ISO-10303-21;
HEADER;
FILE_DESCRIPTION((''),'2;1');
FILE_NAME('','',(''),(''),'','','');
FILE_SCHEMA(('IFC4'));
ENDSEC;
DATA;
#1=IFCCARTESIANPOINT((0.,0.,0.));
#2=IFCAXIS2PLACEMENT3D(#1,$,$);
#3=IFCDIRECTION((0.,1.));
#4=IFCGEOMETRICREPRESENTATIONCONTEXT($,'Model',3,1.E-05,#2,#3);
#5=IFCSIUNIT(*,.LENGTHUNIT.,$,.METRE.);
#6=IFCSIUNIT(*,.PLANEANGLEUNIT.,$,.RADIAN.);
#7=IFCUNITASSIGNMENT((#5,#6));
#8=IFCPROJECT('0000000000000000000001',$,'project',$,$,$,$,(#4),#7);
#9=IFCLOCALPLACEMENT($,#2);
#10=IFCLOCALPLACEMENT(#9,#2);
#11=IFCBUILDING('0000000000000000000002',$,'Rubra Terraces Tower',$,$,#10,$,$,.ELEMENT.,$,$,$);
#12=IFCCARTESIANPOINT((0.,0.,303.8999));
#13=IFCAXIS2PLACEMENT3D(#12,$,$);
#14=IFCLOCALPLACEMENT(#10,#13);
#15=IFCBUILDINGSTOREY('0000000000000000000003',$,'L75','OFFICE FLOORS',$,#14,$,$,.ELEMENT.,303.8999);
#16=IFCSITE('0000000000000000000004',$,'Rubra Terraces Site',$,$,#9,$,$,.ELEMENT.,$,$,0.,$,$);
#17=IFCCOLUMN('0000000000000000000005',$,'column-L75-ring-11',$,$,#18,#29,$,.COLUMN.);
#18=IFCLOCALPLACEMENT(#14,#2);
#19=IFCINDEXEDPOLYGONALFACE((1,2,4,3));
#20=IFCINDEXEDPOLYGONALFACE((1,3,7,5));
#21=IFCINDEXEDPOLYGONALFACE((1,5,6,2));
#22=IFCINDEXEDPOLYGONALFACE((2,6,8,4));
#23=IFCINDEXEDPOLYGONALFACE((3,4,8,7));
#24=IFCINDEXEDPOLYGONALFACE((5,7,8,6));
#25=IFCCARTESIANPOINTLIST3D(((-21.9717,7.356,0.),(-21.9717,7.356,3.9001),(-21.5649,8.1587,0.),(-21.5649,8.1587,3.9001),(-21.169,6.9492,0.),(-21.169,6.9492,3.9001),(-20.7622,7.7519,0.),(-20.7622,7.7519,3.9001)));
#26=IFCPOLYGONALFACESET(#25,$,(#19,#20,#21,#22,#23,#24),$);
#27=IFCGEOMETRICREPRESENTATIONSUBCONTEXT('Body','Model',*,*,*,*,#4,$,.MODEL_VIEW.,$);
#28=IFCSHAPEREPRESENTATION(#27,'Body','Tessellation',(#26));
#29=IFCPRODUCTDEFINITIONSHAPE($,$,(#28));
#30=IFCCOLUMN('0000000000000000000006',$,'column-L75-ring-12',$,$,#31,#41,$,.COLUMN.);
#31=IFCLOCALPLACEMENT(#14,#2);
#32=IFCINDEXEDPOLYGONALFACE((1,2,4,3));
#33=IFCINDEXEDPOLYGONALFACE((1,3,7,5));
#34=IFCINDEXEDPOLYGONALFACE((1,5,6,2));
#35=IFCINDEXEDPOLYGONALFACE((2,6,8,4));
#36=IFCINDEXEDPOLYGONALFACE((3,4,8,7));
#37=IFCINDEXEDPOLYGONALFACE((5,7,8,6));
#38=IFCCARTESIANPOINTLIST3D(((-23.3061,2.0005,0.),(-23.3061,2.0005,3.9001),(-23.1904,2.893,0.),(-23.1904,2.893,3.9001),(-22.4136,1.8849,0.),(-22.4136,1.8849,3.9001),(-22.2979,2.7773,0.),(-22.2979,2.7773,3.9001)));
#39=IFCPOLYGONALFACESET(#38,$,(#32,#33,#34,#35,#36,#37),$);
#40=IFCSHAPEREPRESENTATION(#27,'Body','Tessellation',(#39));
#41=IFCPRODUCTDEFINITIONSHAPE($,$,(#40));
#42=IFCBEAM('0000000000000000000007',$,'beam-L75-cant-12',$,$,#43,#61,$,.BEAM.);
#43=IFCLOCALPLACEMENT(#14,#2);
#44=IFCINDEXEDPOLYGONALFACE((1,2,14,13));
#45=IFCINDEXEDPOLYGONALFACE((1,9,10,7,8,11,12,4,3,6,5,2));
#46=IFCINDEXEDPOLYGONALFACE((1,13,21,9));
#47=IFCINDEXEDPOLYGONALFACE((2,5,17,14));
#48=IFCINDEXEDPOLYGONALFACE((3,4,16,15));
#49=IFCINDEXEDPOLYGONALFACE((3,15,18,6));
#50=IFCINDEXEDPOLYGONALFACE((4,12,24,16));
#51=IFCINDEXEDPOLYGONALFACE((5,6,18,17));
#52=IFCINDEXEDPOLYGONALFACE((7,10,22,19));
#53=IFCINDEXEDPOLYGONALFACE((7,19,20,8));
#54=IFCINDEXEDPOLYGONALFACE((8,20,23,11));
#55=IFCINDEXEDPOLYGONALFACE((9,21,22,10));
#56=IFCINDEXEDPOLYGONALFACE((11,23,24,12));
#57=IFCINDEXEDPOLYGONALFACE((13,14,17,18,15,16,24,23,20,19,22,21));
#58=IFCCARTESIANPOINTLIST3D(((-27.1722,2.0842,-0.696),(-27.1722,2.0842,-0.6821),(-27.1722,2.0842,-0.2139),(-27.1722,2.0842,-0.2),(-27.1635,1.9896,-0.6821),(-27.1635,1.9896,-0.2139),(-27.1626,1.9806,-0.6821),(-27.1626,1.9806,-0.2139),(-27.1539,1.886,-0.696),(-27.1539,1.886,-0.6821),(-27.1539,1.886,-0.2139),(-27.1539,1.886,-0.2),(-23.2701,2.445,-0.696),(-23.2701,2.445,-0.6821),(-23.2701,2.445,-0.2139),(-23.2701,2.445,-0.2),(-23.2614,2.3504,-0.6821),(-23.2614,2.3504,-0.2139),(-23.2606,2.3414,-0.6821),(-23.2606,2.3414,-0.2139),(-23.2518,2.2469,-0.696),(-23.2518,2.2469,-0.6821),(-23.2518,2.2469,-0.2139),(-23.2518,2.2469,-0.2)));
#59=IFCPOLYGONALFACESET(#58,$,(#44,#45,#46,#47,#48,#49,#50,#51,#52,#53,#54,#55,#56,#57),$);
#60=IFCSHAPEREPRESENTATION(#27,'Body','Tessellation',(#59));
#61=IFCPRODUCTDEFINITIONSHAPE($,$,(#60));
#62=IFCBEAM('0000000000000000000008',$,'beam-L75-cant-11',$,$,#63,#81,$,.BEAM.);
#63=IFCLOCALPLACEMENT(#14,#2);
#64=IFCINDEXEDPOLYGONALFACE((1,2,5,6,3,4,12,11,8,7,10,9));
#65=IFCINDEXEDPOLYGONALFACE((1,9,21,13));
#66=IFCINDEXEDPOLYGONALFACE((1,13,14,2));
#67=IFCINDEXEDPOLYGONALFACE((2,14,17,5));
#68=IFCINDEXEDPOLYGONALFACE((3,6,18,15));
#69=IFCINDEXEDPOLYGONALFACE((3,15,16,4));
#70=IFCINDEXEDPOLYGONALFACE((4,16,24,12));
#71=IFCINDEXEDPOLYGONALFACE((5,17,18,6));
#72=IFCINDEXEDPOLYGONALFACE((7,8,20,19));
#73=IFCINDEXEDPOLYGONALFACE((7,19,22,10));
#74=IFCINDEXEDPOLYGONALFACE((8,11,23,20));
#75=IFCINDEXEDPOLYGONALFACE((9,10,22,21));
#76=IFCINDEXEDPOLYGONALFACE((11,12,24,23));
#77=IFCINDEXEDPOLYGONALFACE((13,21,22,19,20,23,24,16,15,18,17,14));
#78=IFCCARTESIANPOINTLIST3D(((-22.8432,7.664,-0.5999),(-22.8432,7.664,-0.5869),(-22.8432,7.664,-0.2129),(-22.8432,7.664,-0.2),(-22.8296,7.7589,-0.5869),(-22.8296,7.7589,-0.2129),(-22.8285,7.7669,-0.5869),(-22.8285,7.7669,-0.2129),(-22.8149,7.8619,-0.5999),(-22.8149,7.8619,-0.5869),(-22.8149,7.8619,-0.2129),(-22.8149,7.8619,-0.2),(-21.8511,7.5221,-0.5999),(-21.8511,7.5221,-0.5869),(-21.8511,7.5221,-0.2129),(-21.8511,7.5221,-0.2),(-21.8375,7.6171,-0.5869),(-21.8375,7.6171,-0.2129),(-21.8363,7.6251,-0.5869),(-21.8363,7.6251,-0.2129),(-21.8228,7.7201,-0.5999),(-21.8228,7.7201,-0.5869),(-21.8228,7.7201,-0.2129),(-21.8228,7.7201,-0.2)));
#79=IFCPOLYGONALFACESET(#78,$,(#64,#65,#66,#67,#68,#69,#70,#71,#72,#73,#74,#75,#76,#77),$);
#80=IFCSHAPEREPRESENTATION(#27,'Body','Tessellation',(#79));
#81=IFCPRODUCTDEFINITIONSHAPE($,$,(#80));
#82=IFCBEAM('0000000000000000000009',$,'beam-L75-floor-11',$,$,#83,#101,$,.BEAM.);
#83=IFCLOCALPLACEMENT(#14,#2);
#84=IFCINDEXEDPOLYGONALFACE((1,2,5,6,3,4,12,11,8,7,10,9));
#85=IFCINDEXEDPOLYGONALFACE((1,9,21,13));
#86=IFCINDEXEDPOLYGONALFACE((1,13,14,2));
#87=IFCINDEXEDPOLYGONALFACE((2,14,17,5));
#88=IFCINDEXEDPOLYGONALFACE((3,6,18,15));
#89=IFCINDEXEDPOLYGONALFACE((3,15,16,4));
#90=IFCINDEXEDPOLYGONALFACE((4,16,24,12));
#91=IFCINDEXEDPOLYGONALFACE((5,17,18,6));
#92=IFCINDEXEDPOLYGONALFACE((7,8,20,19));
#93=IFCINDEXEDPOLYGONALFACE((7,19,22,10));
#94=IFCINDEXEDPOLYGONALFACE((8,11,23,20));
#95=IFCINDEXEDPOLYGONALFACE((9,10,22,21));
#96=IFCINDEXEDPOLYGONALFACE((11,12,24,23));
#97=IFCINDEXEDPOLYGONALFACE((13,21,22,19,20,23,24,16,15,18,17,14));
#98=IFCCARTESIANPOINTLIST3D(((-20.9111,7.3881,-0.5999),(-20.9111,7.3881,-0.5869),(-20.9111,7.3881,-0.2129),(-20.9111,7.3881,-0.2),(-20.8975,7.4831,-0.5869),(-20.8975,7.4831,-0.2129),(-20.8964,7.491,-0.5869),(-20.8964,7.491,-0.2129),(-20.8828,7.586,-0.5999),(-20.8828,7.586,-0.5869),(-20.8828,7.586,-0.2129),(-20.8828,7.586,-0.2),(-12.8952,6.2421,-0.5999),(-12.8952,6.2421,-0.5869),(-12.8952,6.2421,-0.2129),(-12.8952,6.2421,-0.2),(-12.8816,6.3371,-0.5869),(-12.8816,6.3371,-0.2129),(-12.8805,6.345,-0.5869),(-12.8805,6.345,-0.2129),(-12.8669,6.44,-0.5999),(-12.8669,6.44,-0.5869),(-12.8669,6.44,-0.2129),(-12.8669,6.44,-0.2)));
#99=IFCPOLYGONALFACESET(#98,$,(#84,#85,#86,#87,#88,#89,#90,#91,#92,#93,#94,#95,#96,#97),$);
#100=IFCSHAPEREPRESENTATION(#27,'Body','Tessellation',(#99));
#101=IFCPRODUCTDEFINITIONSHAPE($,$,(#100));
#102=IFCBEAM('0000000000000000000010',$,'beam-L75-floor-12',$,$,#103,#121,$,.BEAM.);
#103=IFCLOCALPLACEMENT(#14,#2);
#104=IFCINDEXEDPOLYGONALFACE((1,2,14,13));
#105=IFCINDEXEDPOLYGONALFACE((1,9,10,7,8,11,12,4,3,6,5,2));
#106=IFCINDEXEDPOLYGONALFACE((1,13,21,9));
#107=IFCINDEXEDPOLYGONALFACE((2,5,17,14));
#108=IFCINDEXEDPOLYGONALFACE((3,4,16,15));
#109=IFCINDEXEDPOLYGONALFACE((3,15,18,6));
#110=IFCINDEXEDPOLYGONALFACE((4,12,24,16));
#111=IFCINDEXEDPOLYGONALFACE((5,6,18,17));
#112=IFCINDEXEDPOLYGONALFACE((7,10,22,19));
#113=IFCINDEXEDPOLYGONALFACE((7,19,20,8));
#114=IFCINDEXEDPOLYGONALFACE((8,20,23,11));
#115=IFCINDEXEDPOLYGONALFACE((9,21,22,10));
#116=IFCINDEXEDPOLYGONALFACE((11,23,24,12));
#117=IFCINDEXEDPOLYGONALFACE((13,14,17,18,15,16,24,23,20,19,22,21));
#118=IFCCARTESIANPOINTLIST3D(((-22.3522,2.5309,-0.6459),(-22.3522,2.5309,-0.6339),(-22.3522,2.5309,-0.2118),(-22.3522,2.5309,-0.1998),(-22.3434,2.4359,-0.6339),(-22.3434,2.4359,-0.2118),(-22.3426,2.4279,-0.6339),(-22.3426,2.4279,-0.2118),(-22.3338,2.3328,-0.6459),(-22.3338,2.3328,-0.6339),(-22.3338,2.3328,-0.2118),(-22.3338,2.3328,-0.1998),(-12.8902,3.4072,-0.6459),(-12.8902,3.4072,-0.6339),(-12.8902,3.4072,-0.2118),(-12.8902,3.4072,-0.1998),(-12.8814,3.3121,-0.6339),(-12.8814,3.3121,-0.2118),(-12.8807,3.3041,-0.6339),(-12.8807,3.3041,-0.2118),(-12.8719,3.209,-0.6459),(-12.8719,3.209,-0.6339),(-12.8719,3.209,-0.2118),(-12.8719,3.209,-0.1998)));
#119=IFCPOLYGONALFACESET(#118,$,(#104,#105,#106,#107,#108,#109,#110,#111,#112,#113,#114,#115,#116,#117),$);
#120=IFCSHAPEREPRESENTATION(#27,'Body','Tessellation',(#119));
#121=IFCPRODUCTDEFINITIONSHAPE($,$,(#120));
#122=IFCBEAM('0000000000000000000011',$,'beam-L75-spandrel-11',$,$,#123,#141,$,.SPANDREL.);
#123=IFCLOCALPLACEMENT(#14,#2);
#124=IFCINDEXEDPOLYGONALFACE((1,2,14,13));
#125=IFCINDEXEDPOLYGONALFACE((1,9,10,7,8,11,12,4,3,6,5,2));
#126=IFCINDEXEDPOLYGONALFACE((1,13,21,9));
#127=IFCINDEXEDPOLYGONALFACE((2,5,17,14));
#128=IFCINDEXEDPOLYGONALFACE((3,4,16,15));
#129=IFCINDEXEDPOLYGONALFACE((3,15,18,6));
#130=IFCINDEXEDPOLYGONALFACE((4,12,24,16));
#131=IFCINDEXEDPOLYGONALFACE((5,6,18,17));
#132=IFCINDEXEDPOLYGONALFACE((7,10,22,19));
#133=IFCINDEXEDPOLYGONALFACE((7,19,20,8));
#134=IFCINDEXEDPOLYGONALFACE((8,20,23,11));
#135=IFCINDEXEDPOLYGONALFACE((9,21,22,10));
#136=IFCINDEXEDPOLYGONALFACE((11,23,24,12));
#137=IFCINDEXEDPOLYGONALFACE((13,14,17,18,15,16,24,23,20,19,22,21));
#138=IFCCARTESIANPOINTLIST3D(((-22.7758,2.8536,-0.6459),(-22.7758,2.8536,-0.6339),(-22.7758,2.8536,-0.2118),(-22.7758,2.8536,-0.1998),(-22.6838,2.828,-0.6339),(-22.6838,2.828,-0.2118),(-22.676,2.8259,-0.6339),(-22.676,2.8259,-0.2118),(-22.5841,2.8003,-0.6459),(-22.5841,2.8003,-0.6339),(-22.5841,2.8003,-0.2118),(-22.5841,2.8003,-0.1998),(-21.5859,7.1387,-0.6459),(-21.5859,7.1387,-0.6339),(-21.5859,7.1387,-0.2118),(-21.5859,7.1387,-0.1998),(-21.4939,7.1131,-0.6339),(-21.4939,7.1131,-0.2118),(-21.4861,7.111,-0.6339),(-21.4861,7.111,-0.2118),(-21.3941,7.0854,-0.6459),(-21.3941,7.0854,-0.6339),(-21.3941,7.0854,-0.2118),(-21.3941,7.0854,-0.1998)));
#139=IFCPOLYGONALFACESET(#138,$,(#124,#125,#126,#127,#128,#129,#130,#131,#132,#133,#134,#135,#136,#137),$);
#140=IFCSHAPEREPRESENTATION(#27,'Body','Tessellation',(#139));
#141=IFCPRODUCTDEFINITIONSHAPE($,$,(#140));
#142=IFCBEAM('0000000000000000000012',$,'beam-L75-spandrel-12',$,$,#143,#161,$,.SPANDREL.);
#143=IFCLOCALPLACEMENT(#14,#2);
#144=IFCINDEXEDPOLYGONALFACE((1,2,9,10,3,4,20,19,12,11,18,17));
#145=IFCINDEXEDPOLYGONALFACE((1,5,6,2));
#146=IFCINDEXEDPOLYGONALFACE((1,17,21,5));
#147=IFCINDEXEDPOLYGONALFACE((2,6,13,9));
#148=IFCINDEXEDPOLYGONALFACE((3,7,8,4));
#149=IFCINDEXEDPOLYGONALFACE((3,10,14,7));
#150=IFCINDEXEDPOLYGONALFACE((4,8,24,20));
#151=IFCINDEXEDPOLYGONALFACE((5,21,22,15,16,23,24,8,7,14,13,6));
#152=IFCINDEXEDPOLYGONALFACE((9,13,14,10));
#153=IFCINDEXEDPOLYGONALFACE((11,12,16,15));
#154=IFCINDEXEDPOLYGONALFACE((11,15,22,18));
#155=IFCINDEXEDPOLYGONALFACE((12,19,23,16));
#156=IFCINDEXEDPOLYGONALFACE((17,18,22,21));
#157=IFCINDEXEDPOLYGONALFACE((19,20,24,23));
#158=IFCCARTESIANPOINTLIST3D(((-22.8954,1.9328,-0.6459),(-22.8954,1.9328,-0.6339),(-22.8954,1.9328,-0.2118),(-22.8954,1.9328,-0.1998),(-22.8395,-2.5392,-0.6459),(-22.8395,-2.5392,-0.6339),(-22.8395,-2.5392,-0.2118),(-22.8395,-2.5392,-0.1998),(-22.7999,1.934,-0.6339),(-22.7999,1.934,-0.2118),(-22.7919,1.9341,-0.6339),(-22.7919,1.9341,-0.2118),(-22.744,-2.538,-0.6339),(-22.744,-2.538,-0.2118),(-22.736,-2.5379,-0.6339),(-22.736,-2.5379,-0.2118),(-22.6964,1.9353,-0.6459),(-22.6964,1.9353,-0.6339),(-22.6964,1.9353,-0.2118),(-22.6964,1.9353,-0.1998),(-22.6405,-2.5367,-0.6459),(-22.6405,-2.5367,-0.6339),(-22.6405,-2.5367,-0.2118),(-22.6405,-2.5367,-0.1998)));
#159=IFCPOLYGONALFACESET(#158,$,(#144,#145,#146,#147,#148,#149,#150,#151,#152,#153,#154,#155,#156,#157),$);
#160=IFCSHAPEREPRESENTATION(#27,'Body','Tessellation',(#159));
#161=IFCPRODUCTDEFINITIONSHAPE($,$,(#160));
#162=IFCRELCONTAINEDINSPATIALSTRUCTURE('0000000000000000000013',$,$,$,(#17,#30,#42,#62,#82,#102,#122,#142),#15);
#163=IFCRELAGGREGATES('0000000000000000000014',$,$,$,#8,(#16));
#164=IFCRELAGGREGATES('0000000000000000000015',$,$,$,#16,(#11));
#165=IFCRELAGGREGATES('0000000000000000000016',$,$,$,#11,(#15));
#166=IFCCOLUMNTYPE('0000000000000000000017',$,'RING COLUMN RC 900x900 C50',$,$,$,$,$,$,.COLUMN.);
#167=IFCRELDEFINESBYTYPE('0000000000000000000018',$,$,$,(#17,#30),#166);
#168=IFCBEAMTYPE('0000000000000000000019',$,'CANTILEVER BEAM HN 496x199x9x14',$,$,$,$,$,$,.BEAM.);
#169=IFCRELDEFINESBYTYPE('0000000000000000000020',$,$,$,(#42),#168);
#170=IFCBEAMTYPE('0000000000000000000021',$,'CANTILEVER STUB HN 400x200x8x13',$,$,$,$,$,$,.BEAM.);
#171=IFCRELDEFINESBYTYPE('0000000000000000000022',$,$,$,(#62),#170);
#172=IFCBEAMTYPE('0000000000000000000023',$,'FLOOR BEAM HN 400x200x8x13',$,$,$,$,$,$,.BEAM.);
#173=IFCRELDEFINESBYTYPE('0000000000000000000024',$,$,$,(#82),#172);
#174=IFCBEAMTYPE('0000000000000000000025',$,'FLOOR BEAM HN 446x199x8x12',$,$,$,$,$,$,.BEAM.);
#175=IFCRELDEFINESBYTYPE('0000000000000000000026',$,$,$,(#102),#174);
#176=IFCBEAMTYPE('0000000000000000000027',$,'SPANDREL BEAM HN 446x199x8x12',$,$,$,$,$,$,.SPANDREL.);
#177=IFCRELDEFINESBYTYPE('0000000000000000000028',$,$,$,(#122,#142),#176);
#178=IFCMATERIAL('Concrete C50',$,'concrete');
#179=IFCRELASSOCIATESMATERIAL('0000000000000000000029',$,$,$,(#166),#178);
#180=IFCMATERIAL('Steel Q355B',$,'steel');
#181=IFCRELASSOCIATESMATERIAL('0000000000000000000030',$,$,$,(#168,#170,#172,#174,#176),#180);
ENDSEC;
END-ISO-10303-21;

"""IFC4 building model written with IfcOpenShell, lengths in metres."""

from ifc_helpers import new_model, si_unit, direction, frame, origin, origin_2d, place, context, subcontext, project, spatial, rectangle, i_section, extrude, material, material_profile, profile_set, type_object, element, save


model = new_model("IFC4")

# Units and contexts
model_context = context("Model", 3, precision=1e-05, world=origin(), true_north=direction((0.0, 1.0)))
body_context = subcontext(model_context, "Body", "Model", "MODEL_VIEW")
ifc_project = project(units=[si_unit("LENGTHUNIT", "METRE"), si_unit("PLANEANGLEUNIT", "RADIAN")], contexts=[model_context])

# Site, building, storey
site_placement = place(None, origin())
site = spatial("IfcSite", under=ifc_project, at=site_placement, Name="Rubra Terraces Site", CompositionType="ELEMENT", RefElevation=0.0)
building_placement = place(site_placement, origin())
building = spatial("IfcBuilding", under=site, at=building_placement, Name="Rubra Terraces Tower", CompositionType="ELEMENT")
storey_placement = place(building_placement, frame((0.0, 0.0, 303.8999)))
storey = spatial("IfcBuildingStorey", under=building, at=storey_placement, Name="L75", Description="OFFICE FLOORS", CompositionType="ELEMENT", Elevation=303.8999)

# Columns
ifc_material_1 = material(Name="Concrete C50", Category="concrete")
ifc_material_profile_1 = material_profile(ifc_material_1, rectangle(XDim=0.8999, YDim=0.8999, at=origin_2d()), Name="RC 900x900")
ifc_profile_set_1 = profile_set([ifc_material_profile_1], Name="Concrete C50")
column_type = type_object("IfcColumnType", Name="RING COLUMN RC 900x900 C50", PredefinedType="COLUMN", material=ifc_profile_set_1)
for number, where, z_axis, x_axis, name in (
    (1, (-21.3669, 7.554, 0.0), (0.0, 0.0, 1.0), (-0.452079, -0.891978, 0.0), "column-L75-ring-11"),
    (2, (-22.802, 2.3889, 0.0), (0.0, 0.0, 1.0), (-0.128535, -0.991705, 0.0), "column-L75-ring-12"),
):
    element("IfcColumn", number, at=place(storey_placement, frame(where, z_axis=z_axis, x_axis=x_axis)), inside=storey, type_object=column_type, Name=name, PredefinedType="COLUMN", context=body_context, shape_type="SweptSolid", body=[
        extrude(rectangle(XDim=0.8999, YDim=0.8999, at=origin_2d()), origin(), (0.0, 0.0, 1.0), 3.9001),
    ])

# Beams
ifc_material_2 = material(Name="Steel Q355B", Category="steel")
ifc_material_profile_2 = material_profile(ifc_material_2, i_section(OverallWidth=0.199, OverallDepth=0.4961, WebThickness=0.009, FlangeThickness=0.0139, at=origin_2d()), Name="HN 496x199x9x14")
ifc_profile_set_2 = profile_set([ifc_material_profile_2], Name="Steel Q355B")
beam_type_1 = type_object("IfcBeamType", Name="CANTILEVER BEAM HN 496x199x9x14", PredefinedType="BEAM", material=ifc_profile_set_2)
beam_1_placement = place(storey_placement, frame((-23.261, 2.3459, -0.448), z_axis=(-0.995752, -0.09208, 0.0), x_axis=(0.09208, -0.995752, 0.0)))
element("IfcBeam", 3, at=beam_1_placement, inside=storey, type_object=beam_type_1, Name="beam-L75-cant-12", PredefinedType="BEAM", context=body_context, shape_type="SweptSolid", body=[
    extrude(i_section(OverallWidth=0.199, OverallDepth=0.4961, WebThickness=0.009, FlangeThickness=0.0139, at=origin_2d()), origin(), (0.0, 0.0, 1.0), 3.9187),
])
ifc_material_profile_3 = material_profile(ifc_material_2, i_section(OverallWidth=0.2, OverallDepth=0.3999, WebThickness=0.0081, FlangeThickness=0.0129, at=origin_2d()), Name="HN 400x200x8x13")
ifc_profile_set_3 = profile_set([ifc_material_profile_3], Name="Steel Q355B")
beam_type_2 = type_object("IfcBeamType", Name="CANTILEVER STUB HN 400x200x8x13", PredefinedType="BEAM", material=ifc_profile_set_3)
beam_2_placement = place(storey_placement, frame((-21.8369, 7.6211, -0.3999), z_axis=(-0.989935, 0.141524, 0.0), x_axis=(-0.141524, -0.989935, 0.0)))
element("IfcBeam", 4, at=beam_2_placement, inside=storey, type_object=beam_type_2, Name="beam-L75-cant-11", PredefinedType="BEAM", context=body_context, shape_type="SweptSolid", body=[
    extrude(i_section(OverallWidth=0.2, OverallDepth=0.3999, WebThickness=0.0081, FlangeThickness=0.0129, at=origin_2d()), origin(), (0.0, 0.0, 1.0), 1.0022),
])
ifc_material_profile_4 = material_profile(ifc_material_2, i_section(OverallWidth=0.2, OverallDepth=0.3999, WebThickness=0.0081, FlangeThickness=0.0129, at=origin_2d()), Name="HN 400x200x8x13")
ifc_profile_set_4 = profile_set([ifc_material_profile_4], Name="Steel Q355B")
beam_type_3 = type_object("IfcBeamType", Name="FLOOR BEAM HN 400x200x8x13", PredefinedType="BEAM", material=ifc_profile_set_4)
beam_3_placement = place(storey_placement, frame((-20.897, 7.4871, -0.3999), z_axis=(0.989934, -0.141527, 0.0), x_axis=(0.141527, 0.989934, 0.0)))
element("IfcBeam", 5, at=beam_3_placement, inside=storey, type_object=beam_type_3, Name="beam-L75-floor-11", PredefinedType="BEAM", context=body_context, shape_type="SweptSolid", body=[
    extrude(i_section(OverallWidth=0.2, OverallDepth=0.3999, WebThickness=0.0081, FlangeThickness=0.0129, at=origin_2d()), origin(), (0.0, 0.0, 1.0), 8.0974),
])
ifc_material_profile_5 = material_profile(ifc_material_2, i_section(OverallWidth=0.199, OverallDepth=0.446, WebThickness=0.0081, FlangeThickness=0.012, at=origin_2d()), Name="HN 446x199x8x12")
ifc_profile_set_5 = profile_set([ifc_material_profile_5], Name="Steel Q355B")
beam_type_4 = type_object("IfcBeamType", Name="FLOOR BEAM HN 446x199x8x12", PredefinedType="BEAM", material=ifc_profile_set_5)
beam_4_placement = place(storey_placement, frame((-22.343, 2.4319, -0.4229), z_axis=(0.99574, 0.09221, 0.0), x_axis=(-0.09221, 0.99574, 0.0)))
element("IfcBeam", 6, at=beam_4_placement, inside=storey, type_object=beam_type_4, Name="beam-L75-floor-12", PredefinedType="BEAM", context=body_context, shape_type="SweptSolid", body=[
    extrude(i_section(OverallWidth=0.199, OverallDepth=0.446, WebThickness=0.0081, FlangeThickness=0.012, at=origin_2d()), origin(), (0.0, 0.0, 1.0), 9.5024),
])
ifc_material_profile_6 = material_profile(ifc_material_2, i_section(OverallWidth=0.199, OverallDepth=0.446, WebThickness=0.0081, FlangeThickness=0.012, at=origin_2d()), Name="HN 446x199x8x12")
ifc_profile_set_6 = profile_set([ifc_material_profile_6], Name="Steel Q355B")
beam_type_5 = type_object("IfcBeamType", Name="SPANDREL BEAM HN 446x199x8x12", PredefinedType="SPANDREL", material=ifc_profile_set_6)
beam_5_placement = place(storey_placement, frame((-21.49, 7.1121, -0.4229), z_axis=(-0.267565, -0.96354, 0.0), x_axis=(0.96354, -0.267565, 0.0)))
element("IfcBeam", 7, at=beam_5_placement, inside=storey, type_object=beam_type_5, Name="beam-L75-spandrel-11", PredefinedType="SPANDREL", context=body_context, shape_type="SweptSolid", body=[
    extrude(i_section(OverallWidth=0.199, OverallDepth=0.446, WebThickness=0.0081, FlangeThickness=0.012, at=origin_2d()), origin(), (0.0, 0.0, 1.0), 4.4473),
])
beam_6_placement = place(storey_placement, frame((-22.7959, 1.9341, -0.4229), z_axis=(0.0125, -0.999922, 0.0), x_axis=(0.999922, 0.0125, 0.0)))
element("IfcBeam", 8, at=beam_6_placement, inside=storey, type_object=beam_type_5, Name="beam-L75-spandrel-12", PredefinedType="SPANDREL", context=body_context, shape_type="SweptSolid", body=[
    extrude(i_section(OverallWidth=0.199, OverallDepth=0.446, WebThickness=0.0081, FlangeThickness=0.012, at=origin_2d()), origin(), (0.0, 0.0, 1.0), 4.4724),
])

save(model, "model.ifc")
